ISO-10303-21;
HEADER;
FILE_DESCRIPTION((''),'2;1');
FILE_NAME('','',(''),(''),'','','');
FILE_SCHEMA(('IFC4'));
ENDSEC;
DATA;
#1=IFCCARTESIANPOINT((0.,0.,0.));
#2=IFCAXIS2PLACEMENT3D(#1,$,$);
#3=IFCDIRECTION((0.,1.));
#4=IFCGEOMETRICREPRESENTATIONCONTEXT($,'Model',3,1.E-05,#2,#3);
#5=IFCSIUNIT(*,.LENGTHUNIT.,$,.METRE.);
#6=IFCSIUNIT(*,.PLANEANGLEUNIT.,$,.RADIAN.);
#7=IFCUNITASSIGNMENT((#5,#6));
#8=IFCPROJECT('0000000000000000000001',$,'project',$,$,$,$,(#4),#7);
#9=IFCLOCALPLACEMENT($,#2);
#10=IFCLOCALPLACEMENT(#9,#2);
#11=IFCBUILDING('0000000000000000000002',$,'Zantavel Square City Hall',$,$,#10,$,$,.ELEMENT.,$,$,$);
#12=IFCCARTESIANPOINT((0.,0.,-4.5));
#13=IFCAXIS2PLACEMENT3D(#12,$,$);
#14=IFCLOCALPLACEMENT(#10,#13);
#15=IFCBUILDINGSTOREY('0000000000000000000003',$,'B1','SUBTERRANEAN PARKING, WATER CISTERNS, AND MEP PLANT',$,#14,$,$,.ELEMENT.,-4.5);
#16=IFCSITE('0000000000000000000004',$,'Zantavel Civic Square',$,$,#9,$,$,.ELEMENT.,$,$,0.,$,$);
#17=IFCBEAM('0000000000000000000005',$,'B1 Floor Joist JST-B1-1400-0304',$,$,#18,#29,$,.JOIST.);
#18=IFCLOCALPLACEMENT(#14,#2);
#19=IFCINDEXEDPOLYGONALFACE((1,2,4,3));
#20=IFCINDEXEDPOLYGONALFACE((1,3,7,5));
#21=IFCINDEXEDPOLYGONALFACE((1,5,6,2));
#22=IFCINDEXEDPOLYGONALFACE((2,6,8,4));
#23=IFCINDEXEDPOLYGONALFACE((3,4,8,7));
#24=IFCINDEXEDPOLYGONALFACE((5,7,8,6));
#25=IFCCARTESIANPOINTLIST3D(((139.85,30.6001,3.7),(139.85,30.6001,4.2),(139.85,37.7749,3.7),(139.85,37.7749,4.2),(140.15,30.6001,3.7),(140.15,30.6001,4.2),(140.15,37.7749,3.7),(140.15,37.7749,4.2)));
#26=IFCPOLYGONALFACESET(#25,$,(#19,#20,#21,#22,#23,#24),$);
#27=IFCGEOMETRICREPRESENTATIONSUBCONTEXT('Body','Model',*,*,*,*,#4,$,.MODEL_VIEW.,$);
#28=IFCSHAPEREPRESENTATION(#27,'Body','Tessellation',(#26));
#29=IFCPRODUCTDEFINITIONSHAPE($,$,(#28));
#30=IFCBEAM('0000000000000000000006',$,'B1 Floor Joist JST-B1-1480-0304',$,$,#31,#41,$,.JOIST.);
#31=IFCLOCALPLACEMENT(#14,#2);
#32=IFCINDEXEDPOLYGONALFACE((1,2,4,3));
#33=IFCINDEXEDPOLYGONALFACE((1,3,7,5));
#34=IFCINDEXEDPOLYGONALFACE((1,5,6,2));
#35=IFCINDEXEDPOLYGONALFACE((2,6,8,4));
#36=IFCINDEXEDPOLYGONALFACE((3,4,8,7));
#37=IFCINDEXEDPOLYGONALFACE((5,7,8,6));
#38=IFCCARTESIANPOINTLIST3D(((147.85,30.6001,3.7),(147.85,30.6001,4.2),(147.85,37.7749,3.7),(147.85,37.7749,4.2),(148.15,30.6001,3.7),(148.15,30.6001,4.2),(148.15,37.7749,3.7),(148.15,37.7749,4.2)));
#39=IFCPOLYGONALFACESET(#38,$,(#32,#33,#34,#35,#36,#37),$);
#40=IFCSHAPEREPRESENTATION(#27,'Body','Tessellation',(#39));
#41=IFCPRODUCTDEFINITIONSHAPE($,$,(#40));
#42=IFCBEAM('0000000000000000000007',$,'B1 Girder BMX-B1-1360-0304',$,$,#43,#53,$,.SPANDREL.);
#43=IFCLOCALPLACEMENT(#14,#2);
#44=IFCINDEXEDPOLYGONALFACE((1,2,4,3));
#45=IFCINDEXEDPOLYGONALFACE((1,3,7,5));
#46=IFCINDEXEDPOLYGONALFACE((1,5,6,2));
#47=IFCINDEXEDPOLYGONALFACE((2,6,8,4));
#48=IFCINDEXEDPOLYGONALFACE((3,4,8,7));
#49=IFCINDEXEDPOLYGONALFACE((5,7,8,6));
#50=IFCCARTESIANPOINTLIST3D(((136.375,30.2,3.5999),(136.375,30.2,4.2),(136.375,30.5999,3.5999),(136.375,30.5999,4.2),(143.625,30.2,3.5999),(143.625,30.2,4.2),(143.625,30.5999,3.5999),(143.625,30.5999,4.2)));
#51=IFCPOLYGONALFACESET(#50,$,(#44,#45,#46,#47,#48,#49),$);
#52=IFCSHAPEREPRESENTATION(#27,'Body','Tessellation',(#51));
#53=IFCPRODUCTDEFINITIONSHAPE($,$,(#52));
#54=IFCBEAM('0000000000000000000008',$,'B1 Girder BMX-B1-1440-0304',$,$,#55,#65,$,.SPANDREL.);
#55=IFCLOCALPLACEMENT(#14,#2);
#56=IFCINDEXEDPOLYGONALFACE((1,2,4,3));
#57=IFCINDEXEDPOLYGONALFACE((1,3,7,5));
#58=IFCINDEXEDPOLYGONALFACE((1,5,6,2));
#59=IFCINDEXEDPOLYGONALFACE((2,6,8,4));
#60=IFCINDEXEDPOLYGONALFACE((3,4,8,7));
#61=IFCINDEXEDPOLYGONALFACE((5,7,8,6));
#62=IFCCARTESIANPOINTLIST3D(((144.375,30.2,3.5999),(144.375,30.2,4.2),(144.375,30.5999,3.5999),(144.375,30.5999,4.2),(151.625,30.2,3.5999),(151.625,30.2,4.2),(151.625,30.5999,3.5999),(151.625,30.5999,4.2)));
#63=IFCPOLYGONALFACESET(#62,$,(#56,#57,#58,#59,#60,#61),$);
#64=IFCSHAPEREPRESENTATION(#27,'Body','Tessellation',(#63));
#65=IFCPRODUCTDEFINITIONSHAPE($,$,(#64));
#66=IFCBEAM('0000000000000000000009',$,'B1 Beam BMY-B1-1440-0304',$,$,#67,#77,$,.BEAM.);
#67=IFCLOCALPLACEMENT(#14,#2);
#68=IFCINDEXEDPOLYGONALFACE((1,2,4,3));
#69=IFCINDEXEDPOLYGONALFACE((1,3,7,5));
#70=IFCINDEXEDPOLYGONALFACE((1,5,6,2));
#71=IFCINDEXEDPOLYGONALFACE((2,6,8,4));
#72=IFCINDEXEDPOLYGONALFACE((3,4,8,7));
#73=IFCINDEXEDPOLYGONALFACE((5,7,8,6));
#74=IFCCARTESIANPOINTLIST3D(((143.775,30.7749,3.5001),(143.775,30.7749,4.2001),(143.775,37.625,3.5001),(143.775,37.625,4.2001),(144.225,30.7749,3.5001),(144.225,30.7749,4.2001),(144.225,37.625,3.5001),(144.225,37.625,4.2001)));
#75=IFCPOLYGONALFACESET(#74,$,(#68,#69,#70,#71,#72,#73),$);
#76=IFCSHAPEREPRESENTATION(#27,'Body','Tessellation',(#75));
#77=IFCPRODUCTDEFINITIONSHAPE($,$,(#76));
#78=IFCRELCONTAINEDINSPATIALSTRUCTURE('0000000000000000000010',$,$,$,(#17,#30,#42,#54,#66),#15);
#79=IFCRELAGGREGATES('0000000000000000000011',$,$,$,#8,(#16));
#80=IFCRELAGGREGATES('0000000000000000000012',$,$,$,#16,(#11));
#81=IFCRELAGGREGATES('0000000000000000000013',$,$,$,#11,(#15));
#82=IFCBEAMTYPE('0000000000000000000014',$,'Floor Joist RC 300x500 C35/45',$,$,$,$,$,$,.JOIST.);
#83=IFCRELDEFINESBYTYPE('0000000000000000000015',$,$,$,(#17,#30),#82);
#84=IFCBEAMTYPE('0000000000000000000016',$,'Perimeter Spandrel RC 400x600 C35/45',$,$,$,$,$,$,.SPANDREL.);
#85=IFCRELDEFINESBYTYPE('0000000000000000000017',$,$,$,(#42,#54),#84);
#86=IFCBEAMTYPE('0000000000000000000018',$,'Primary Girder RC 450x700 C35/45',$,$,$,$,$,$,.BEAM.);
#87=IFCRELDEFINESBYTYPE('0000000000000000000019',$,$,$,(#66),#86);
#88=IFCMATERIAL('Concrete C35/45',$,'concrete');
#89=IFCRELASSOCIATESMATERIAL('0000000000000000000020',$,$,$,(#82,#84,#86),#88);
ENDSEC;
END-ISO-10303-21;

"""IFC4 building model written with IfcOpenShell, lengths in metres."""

from ifc_helpers import new_model, si_unit, direction, frame, origin, origin_2d, place, context, subcontext, project, spatial, rectangle, extrude, material, material_profile, profile_set, type_object, element, save


model = new_model("IFC4")

# Units and contexts
model_context = context("Model", 3, precision=1e-05, world=origin(), true_north=direction((0.0, 1.0)))
body_context = subcontext(model_context, "Body", "Model", "MODEL_VIEW")
ifc_project = project(units=[si_unit("LENGTHUNIT", "METRE"), si_unit("PLANEANGLEUNIT", "RADIAN")], contexts=[model_context])

# Site, building, storey
site_placement = place(None, origin())
site = spatial("IfcSite", under=ifc_project, at=site_placement, Name="Zantavel Civic Square", CompositionType="ELEMENT", RefElevation=0.0)
building_placement = place(site_placement, origin())
building = spatial("IfcBuilding", under=site, at=building_placement, Name="Zantavel Square City Hall", CompositionType="ELEMENT")
storey_placement = place(building_placement, frame((0.0, 0.0, -4.5)))
storey = spatial("IfcBuildingStorey", under=building, at=storey_placement, Name="B1", Description="SUBTERRANEAN PARKING, WATER CISTERNS, AND MEP PLANT", CompositionType="ELEMENT", Elevation=-4.5)

# Shared definitions
ifc_material_1 = material(Name="Concrete C35/45", Category="concrete")

# Beams
ifc_material_profile_1 = material_profile(ifc_material_1, rectangle(XDim=0.3, YDim=0.5, at=origin_2d()), Name="RC 300x500")
ifc_profile_set_1 = profile_set([ifc_material_profile_1], Name="Concrete C35/45")
beam_type_1 = type_object("IfcBeamType", Name="Floor Joist RC 300x500 C35/45", PredefinedType="JOIST", material=ifc_profile_set_1)
for number, where, z_axis, x_axis, name in (
    (1, (140.0, 30.6001, 3.95), (0.0, 1.0, 0.0), (-1.0, 0.0, 0.0), "B1 Floor Joist JST-B1-1400-0304"),
    (2, (148.0, 30.6001, 3.95), (0.0, 1.0, 0.0), (-1.0, 0.0, 0.0), "B1 Floor Joist JST-B1-1480-0304"),
):
    element("IfcBeam", number, at=place(storey_placement, frame(where, z_axis=z_axis, x_axis=x_axis)), inside=storey, type_object=beam_type_1, Name=name, PredefinedType="JOIST", context=body_context, shape_type="SweptSolid", body=[
        extrude(rectangle(XDim=0.3, YDim=0.5, at=origin_2d()), origin(), (0.0, 0.0, 1.0), 7.1748),
    ])
ifc_material_profile_2 = material_profile(ifc_material_1, rectangle(XDim=0.3999, YDim=0.6001, at=origin_2d()), Name="RC 400x600")
ifc_profile_set_2 = profile_set([ifc_material_profile_2], Name="Concrete C35/45")
beam_type_2 = type_object("IfcBeamType", Name="Perimeter Spandrel RC 400x600 C35/45", PredefinedType="SPANDREL", material=ifc_profile_set_2)
for number, where, z_axis, x_axis, name in (
    (3, (136.375, 30.3999, 3.8999), (1.0, 0.0, 0.0), (0.0, 1.0, 0.0), "B1 Girder BMX-B1-1360-0304"),
    (4, (144.375, 30.3999, 3.8999), (1.0, 0.0, 0.0), (0.0, 1.0, 0.0), "B1 Girder BMX-B1-1440-0304"),
):
    element("IfcBeam", number, at=place(storey_placement, frame(where, z_axis=z_axis, x_axis=x_axis)), inside=storey, type_object=beam_type_2, Name=name, PredefinedType="SPANDREL", context=body_context, shape_type="SweptSolid", body=[
        extrude(rectangle(XDim=0.3999, YDim=0.6001, at=origin_2d()), origin(), (0.0, 0.0, 1.0), 7.25),
    ])
ifc_material_profile_3 = material_profile(ifc_material_1, rectangle(XDim=0.45, YDim=0.7, at=origin_2d()), Name="RC 450x700")
ifc_profile_set_3 = profile_set([ifc_material_profile_3], Name="Concrete C35/45")
beam_type_3 = type_object("IfcBeamType", Name="Primary Girder RC 450x700 C35/45", PredefinedType="BEAM", material=ifc_profile_set_3)
beam_placement = place(storey_placement, frame((144.0, 30.7749, 3.8501), z_axis=(0.0, 1.0, 0.0), x_axis=(-1.0, 0.0, 0.0)))
element("IfcBeam", 5, at=beam_placement, inside=storey, type_object=beam_type_3, Name="B1 Beam BMY-B1-1440-0304", PredefinedType="BEAM", context=body_context, shape_type="SweptSolid", body=[
    extrude(rectangle(XDim=0.45, YDim=0.7, at=origin_2d()), origin(), (0.0, 0.0, 1.0), 6.8501),
])

save(model, "model.ifc")
